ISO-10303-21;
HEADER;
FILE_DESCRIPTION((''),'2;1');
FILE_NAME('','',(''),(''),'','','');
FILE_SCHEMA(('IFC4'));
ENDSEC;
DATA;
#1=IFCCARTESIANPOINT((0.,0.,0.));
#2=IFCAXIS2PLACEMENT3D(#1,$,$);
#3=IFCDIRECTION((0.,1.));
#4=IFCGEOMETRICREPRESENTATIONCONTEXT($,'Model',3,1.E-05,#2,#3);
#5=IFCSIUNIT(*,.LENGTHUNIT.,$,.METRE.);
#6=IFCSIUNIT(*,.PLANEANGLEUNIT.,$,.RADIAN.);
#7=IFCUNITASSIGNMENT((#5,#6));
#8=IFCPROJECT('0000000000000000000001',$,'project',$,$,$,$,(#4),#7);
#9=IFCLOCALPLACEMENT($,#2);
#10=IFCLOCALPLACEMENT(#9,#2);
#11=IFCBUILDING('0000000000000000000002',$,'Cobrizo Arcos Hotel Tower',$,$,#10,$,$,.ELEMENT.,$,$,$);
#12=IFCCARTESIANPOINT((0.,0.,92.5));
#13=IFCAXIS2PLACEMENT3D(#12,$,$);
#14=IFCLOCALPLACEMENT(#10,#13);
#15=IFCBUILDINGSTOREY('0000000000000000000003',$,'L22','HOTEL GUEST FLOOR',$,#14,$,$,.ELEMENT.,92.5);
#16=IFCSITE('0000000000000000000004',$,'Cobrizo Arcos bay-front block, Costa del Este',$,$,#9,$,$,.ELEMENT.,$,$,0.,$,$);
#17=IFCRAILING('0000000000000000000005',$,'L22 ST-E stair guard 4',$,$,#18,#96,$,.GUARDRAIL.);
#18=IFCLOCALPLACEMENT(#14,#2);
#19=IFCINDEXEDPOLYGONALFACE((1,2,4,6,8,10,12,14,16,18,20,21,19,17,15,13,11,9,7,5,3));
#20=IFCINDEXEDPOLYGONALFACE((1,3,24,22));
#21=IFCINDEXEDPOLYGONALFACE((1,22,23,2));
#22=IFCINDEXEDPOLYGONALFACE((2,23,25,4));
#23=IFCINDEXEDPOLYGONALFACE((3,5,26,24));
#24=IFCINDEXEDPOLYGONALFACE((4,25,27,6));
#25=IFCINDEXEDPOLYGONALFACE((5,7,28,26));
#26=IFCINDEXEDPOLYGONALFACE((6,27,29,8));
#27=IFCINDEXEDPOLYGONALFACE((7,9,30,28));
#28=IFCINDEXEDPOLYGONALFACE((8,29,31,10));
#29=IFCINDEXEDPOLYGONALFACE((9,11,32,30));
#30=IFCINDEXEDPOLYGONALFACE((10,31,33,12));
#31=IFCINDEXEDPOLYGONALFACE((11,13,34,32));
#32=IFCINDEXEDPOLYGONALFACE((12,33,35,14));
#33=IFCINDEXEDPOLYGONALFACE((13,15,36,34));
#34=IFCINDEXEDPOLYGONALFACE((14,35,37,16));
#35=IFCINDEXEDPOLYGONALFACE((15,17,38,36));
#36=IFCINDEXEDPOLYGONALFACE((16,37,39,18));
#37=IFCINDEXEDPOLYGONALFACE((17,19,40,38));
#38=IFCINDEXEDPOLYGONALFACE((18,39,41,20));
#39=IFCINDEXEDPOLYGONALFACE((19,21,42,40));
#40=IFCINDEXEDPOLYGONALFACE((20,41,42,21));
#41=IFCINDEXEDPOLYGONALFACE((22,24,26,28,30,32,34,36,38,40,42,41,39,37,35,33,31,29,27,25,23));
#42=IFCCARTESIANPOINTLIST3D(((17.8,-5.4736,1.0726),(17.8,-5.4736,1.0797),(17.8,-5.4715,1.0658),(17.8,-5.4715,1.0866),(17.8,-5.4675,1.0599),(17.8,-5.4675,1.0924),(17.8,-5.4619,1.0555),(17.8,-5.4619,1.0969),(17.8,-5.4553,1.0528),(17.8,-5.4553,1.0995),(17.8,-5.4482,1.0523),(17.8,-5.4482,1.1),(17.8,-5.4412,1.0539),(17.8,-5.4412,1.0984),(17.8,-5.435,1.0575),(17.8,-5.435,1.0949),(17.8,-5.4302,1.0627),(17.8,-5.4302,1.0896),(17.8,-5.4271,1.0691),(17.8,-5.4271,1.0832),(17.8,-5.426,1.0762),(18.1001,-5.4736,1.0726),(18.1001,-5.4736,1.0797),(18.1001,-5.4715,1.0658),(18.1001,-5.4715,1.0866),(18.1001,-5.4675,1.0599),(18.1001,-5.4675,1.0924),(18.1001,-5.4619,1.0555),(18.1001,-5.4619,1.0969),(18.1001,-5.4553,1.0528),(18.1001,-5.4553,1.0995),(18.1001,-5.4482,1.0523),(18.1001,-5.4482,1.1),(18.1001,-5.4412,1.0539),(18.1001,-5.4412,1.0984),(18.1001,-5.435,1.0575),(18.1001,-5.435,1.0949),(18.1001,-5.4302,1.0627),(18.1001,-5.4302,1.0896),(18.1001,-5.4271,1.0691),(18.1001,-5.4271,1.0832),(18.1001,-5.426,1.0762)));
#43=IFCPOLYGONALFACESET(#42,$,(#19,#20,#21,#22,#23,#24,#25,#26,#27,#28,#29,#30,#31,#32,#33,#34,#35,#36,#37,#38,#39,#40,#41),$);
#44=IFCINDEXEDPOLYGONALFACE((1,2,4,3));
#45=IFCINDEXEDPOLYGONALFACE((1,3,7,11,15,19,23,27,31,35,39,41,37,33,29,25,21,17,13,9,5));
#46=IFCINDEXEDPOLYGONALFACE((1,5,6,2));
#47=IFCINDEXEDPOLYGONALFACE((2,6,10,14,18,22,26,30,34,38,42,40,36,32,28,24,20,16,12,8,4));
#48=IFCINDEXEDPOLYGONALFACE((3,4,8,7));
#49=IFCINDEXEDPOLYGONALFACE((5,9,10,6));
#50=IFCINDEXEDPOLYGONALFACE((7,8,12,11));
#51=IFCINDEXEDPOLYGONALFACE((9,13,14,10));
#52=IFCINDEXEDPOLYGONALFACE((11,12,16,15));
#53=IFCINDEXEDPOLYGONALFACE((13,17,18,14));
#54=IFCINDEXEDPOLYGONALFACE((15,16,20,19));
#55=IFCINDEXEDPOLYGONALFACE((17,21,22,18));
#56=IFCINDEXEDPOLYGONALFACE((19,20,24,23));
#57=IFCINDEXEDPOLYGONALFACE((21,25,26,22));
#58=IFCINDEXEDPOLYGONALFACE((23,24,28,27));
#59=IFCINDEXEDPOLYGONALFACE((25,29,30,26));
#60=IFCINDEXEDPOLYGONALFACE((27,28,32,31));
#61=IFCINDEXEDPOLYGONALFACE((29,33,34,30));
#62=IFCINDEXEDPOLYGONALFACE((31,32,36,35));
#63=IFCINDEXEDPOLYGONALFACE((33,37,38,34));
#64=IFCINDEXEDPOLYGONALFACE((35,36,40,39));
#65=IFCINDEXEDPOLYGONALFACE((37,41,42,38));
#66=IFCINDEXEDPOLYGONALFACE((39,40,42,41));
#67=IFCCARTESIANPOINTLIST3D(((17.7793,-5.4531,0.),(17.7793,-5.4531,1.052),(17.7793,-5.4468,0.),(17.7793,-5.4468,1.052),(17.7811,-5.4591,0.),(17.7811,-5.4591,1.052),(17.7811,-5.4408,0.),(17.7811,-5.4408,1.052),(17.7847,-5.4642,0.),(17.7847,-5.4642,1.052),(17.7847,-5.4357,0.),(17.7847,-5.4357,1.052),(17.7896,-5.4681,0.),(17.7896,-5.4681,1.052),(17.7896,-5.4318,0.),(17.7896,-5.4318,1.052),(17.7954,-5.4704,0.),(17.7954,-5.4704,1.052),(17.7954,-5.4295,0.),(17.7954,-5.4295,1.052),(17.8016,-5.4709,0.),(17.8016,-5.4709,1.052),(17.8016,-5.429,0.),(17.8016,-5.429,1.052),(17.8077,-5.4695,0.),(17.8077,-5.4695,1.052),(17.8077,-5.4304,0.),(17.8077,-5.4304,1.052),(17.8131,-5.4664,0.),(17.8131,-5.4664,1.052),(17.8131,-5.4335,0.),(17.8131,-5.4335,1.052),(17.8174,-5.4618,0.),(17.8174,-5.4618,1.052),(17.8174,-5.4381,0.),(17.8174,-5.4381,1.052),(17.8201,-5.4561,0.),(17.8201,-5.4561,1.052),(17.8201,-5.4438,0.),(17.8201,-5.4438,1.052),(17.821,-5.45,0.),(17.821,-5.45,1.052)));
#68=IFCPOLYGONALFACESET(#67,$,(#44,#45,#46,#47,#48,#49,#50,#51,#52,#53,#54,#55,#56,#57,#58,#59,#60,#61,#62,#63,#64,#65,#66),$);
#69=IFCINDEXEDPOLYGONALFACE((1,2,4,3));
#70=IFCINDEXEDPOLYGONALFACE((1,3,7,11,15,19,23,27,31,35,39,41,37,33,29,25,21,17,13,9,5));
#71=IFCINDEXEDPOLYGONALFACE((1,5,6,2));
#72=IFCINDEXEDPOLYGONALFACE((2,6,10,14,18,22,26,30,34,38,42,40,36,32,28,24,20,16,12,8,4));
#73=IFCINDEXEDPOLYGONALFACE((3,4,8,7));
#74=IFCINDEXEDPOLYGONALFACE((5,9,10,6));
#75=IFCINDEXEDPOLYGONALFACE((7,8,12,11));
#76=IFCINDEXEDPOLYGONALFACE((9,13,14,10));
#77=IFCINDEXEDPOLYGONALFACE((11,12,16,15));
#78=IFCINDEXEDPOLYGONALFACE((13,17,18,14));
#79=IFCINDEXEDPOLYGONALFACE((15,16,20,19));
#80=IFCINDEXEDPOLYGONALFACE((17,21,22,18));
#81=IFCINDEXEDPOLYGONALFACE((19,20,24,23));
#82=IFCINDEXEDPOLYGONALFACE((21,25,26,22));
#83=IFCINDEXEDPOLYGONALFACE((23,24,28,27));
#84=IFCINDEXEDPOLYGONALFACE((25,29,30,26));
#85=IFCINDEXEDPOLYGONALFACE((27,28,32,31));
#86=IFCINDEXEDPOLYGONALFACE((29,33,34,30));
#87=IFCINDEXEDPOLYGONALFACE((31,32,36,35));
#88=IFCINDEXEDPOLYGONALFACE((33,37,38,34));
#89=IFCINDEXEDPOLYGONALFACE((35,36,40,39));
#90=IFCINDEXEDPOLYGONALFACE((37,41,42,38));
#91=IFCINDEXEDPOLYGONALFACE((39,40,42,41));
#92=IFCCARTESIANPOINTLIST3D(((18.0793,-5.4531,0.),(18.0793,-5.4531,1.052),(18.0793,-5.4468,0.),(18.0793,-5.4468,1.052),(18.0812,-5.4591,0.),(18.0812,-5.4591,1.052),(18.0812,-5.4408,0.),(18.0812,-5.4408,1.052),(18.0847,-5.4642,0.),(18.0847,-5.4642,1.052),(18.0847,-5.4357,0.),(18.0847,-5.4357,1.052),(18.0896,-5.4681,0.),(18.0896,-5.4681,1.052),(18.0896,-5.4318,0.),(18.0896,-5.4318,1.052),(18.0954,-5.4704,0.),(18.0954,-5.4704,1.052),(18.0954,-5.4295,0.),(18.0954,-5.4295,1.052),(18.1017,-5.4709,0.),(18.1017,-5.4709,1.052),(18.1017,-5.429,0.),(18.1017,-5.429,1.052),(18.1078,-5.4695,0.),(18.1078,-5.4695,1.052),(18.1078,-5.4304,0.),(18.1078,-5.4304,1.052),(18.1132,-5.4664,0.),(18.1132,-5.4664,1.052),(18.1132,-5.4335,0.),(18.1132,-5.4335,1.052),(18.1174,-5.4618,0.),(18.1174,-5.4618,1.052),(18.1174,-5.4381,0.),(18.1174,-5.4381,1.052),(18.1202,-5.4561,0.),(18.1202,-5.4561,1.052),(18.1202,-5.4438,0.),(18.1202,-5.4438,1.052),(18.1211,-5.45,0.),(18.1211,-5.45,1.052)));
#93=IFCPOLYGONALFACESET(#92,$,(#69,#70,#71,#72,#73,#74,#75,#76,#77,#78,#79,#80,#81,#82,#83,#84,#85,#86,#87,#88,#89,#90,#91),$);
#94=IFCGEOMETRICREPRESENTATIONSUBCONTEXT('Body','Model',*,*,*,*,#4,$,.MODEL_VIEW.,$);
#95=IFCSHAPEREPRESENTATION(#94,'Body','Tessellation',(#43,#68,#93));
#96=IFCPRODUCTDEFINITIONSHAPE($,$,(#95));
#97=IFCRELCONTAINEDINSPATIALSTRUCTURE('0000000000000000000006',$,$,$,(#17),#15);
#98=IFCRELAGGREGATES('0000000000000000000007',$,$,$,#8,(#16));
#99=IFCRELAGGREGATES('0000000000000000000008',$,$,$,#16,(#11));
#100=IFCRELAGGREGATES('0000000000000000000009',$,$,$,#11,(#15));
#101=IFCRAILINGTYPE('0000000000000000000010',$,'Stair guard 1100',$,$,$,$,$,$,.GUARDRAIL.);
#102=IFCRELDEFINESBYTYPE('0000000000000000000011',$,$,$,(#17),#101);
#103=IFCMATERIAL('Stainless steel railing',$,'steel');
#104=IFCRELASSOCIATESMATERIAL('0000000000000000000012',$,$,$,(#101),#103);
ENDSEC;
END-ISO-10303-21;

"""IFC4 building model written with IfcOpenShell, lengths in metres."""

from ifc_helpers import new_model, si_unit, direction, frame, origin, origin_2d, place, context, subcontext, project, spatial, circle, extrude, material, type_object, element, save


model = new_model("IFC4")

# Units and contexts
model_context = context("Model", 3, precision=1e-05, world=origin(), true_north=direction((0.0, 1.0)))
body_context = subcontext(model_context, "Body", "Model", "MODEL_VIEW")
ifc_project = project(units=[si_unit("LENGTHUNIT", "METRE"), si_unit("PLANEANGLEUNIT", "RADIAN")], contexts=[model_context])

# Site, building, storey
site_placement = place(None, origin())
site = spatial("IfcSite", under=ifc_project, at=site_placement, Name="Cobrizo Arcos bay-front block, Costa del Este", CompositionType="ELEMENT", RefElevation=0.0)
building_placement = place(site_placement, origin())
building = spatial("IfcBuilding", under=site, at=building_placement, Name="Cobrizo Arcos Hotel Tower", CompositionType="ELEMENT")
storey_placement = place(building_placement, frame((0.0, 0.0, 92.5)))
storey = spatial("IfcBuildingStorey", under=building, at=storey_placement, Name="L22", Description="HOTEL GUEST FLOOR", CompositionType="ELEMENT", Elevation=92.5)

# Railing
ifc_material_1 = material(Name="Stainless steel railing", Category="steel")
railing_type_1 = type_object("IfcRailingType", Name="Stair guard 1100", PredefinedType="GUARDRAIL", material=ifc_material_1)
railing_1_placement = place(storey_placement, frame((17.8, -5.45, 0.0)))
element("IfcRailing", 1, at=railing_1_placement, inside=storey, type_object=railing_type_1, Name="L22 ST-E stair guard 4", PredefinedType="GUARDRAIL", context=body_context, shape_type="SweptSolid", body=[
    extrude(circle(Radius=0.0239, at=origin_2d()), frame((0.0, 0.0, 1.0762), z_axis=(1.0, 0.0, 0.0), x_axis=(0.0, 1.0, 0.0)), (0.0, 0.0, 1.0), 0.3),
    extrude(circle(Radius=0.021, at=origin_2d()), origin(), (0.0, 0.0, 1.0), 1.052),
    extrude(circle(Radius=0.021, at=origin_2d()), frame((0.3, 0.0, 0.0)), (0.0, 0.0, 1.0), 1.052),
])

save(model, "model.ifc")
